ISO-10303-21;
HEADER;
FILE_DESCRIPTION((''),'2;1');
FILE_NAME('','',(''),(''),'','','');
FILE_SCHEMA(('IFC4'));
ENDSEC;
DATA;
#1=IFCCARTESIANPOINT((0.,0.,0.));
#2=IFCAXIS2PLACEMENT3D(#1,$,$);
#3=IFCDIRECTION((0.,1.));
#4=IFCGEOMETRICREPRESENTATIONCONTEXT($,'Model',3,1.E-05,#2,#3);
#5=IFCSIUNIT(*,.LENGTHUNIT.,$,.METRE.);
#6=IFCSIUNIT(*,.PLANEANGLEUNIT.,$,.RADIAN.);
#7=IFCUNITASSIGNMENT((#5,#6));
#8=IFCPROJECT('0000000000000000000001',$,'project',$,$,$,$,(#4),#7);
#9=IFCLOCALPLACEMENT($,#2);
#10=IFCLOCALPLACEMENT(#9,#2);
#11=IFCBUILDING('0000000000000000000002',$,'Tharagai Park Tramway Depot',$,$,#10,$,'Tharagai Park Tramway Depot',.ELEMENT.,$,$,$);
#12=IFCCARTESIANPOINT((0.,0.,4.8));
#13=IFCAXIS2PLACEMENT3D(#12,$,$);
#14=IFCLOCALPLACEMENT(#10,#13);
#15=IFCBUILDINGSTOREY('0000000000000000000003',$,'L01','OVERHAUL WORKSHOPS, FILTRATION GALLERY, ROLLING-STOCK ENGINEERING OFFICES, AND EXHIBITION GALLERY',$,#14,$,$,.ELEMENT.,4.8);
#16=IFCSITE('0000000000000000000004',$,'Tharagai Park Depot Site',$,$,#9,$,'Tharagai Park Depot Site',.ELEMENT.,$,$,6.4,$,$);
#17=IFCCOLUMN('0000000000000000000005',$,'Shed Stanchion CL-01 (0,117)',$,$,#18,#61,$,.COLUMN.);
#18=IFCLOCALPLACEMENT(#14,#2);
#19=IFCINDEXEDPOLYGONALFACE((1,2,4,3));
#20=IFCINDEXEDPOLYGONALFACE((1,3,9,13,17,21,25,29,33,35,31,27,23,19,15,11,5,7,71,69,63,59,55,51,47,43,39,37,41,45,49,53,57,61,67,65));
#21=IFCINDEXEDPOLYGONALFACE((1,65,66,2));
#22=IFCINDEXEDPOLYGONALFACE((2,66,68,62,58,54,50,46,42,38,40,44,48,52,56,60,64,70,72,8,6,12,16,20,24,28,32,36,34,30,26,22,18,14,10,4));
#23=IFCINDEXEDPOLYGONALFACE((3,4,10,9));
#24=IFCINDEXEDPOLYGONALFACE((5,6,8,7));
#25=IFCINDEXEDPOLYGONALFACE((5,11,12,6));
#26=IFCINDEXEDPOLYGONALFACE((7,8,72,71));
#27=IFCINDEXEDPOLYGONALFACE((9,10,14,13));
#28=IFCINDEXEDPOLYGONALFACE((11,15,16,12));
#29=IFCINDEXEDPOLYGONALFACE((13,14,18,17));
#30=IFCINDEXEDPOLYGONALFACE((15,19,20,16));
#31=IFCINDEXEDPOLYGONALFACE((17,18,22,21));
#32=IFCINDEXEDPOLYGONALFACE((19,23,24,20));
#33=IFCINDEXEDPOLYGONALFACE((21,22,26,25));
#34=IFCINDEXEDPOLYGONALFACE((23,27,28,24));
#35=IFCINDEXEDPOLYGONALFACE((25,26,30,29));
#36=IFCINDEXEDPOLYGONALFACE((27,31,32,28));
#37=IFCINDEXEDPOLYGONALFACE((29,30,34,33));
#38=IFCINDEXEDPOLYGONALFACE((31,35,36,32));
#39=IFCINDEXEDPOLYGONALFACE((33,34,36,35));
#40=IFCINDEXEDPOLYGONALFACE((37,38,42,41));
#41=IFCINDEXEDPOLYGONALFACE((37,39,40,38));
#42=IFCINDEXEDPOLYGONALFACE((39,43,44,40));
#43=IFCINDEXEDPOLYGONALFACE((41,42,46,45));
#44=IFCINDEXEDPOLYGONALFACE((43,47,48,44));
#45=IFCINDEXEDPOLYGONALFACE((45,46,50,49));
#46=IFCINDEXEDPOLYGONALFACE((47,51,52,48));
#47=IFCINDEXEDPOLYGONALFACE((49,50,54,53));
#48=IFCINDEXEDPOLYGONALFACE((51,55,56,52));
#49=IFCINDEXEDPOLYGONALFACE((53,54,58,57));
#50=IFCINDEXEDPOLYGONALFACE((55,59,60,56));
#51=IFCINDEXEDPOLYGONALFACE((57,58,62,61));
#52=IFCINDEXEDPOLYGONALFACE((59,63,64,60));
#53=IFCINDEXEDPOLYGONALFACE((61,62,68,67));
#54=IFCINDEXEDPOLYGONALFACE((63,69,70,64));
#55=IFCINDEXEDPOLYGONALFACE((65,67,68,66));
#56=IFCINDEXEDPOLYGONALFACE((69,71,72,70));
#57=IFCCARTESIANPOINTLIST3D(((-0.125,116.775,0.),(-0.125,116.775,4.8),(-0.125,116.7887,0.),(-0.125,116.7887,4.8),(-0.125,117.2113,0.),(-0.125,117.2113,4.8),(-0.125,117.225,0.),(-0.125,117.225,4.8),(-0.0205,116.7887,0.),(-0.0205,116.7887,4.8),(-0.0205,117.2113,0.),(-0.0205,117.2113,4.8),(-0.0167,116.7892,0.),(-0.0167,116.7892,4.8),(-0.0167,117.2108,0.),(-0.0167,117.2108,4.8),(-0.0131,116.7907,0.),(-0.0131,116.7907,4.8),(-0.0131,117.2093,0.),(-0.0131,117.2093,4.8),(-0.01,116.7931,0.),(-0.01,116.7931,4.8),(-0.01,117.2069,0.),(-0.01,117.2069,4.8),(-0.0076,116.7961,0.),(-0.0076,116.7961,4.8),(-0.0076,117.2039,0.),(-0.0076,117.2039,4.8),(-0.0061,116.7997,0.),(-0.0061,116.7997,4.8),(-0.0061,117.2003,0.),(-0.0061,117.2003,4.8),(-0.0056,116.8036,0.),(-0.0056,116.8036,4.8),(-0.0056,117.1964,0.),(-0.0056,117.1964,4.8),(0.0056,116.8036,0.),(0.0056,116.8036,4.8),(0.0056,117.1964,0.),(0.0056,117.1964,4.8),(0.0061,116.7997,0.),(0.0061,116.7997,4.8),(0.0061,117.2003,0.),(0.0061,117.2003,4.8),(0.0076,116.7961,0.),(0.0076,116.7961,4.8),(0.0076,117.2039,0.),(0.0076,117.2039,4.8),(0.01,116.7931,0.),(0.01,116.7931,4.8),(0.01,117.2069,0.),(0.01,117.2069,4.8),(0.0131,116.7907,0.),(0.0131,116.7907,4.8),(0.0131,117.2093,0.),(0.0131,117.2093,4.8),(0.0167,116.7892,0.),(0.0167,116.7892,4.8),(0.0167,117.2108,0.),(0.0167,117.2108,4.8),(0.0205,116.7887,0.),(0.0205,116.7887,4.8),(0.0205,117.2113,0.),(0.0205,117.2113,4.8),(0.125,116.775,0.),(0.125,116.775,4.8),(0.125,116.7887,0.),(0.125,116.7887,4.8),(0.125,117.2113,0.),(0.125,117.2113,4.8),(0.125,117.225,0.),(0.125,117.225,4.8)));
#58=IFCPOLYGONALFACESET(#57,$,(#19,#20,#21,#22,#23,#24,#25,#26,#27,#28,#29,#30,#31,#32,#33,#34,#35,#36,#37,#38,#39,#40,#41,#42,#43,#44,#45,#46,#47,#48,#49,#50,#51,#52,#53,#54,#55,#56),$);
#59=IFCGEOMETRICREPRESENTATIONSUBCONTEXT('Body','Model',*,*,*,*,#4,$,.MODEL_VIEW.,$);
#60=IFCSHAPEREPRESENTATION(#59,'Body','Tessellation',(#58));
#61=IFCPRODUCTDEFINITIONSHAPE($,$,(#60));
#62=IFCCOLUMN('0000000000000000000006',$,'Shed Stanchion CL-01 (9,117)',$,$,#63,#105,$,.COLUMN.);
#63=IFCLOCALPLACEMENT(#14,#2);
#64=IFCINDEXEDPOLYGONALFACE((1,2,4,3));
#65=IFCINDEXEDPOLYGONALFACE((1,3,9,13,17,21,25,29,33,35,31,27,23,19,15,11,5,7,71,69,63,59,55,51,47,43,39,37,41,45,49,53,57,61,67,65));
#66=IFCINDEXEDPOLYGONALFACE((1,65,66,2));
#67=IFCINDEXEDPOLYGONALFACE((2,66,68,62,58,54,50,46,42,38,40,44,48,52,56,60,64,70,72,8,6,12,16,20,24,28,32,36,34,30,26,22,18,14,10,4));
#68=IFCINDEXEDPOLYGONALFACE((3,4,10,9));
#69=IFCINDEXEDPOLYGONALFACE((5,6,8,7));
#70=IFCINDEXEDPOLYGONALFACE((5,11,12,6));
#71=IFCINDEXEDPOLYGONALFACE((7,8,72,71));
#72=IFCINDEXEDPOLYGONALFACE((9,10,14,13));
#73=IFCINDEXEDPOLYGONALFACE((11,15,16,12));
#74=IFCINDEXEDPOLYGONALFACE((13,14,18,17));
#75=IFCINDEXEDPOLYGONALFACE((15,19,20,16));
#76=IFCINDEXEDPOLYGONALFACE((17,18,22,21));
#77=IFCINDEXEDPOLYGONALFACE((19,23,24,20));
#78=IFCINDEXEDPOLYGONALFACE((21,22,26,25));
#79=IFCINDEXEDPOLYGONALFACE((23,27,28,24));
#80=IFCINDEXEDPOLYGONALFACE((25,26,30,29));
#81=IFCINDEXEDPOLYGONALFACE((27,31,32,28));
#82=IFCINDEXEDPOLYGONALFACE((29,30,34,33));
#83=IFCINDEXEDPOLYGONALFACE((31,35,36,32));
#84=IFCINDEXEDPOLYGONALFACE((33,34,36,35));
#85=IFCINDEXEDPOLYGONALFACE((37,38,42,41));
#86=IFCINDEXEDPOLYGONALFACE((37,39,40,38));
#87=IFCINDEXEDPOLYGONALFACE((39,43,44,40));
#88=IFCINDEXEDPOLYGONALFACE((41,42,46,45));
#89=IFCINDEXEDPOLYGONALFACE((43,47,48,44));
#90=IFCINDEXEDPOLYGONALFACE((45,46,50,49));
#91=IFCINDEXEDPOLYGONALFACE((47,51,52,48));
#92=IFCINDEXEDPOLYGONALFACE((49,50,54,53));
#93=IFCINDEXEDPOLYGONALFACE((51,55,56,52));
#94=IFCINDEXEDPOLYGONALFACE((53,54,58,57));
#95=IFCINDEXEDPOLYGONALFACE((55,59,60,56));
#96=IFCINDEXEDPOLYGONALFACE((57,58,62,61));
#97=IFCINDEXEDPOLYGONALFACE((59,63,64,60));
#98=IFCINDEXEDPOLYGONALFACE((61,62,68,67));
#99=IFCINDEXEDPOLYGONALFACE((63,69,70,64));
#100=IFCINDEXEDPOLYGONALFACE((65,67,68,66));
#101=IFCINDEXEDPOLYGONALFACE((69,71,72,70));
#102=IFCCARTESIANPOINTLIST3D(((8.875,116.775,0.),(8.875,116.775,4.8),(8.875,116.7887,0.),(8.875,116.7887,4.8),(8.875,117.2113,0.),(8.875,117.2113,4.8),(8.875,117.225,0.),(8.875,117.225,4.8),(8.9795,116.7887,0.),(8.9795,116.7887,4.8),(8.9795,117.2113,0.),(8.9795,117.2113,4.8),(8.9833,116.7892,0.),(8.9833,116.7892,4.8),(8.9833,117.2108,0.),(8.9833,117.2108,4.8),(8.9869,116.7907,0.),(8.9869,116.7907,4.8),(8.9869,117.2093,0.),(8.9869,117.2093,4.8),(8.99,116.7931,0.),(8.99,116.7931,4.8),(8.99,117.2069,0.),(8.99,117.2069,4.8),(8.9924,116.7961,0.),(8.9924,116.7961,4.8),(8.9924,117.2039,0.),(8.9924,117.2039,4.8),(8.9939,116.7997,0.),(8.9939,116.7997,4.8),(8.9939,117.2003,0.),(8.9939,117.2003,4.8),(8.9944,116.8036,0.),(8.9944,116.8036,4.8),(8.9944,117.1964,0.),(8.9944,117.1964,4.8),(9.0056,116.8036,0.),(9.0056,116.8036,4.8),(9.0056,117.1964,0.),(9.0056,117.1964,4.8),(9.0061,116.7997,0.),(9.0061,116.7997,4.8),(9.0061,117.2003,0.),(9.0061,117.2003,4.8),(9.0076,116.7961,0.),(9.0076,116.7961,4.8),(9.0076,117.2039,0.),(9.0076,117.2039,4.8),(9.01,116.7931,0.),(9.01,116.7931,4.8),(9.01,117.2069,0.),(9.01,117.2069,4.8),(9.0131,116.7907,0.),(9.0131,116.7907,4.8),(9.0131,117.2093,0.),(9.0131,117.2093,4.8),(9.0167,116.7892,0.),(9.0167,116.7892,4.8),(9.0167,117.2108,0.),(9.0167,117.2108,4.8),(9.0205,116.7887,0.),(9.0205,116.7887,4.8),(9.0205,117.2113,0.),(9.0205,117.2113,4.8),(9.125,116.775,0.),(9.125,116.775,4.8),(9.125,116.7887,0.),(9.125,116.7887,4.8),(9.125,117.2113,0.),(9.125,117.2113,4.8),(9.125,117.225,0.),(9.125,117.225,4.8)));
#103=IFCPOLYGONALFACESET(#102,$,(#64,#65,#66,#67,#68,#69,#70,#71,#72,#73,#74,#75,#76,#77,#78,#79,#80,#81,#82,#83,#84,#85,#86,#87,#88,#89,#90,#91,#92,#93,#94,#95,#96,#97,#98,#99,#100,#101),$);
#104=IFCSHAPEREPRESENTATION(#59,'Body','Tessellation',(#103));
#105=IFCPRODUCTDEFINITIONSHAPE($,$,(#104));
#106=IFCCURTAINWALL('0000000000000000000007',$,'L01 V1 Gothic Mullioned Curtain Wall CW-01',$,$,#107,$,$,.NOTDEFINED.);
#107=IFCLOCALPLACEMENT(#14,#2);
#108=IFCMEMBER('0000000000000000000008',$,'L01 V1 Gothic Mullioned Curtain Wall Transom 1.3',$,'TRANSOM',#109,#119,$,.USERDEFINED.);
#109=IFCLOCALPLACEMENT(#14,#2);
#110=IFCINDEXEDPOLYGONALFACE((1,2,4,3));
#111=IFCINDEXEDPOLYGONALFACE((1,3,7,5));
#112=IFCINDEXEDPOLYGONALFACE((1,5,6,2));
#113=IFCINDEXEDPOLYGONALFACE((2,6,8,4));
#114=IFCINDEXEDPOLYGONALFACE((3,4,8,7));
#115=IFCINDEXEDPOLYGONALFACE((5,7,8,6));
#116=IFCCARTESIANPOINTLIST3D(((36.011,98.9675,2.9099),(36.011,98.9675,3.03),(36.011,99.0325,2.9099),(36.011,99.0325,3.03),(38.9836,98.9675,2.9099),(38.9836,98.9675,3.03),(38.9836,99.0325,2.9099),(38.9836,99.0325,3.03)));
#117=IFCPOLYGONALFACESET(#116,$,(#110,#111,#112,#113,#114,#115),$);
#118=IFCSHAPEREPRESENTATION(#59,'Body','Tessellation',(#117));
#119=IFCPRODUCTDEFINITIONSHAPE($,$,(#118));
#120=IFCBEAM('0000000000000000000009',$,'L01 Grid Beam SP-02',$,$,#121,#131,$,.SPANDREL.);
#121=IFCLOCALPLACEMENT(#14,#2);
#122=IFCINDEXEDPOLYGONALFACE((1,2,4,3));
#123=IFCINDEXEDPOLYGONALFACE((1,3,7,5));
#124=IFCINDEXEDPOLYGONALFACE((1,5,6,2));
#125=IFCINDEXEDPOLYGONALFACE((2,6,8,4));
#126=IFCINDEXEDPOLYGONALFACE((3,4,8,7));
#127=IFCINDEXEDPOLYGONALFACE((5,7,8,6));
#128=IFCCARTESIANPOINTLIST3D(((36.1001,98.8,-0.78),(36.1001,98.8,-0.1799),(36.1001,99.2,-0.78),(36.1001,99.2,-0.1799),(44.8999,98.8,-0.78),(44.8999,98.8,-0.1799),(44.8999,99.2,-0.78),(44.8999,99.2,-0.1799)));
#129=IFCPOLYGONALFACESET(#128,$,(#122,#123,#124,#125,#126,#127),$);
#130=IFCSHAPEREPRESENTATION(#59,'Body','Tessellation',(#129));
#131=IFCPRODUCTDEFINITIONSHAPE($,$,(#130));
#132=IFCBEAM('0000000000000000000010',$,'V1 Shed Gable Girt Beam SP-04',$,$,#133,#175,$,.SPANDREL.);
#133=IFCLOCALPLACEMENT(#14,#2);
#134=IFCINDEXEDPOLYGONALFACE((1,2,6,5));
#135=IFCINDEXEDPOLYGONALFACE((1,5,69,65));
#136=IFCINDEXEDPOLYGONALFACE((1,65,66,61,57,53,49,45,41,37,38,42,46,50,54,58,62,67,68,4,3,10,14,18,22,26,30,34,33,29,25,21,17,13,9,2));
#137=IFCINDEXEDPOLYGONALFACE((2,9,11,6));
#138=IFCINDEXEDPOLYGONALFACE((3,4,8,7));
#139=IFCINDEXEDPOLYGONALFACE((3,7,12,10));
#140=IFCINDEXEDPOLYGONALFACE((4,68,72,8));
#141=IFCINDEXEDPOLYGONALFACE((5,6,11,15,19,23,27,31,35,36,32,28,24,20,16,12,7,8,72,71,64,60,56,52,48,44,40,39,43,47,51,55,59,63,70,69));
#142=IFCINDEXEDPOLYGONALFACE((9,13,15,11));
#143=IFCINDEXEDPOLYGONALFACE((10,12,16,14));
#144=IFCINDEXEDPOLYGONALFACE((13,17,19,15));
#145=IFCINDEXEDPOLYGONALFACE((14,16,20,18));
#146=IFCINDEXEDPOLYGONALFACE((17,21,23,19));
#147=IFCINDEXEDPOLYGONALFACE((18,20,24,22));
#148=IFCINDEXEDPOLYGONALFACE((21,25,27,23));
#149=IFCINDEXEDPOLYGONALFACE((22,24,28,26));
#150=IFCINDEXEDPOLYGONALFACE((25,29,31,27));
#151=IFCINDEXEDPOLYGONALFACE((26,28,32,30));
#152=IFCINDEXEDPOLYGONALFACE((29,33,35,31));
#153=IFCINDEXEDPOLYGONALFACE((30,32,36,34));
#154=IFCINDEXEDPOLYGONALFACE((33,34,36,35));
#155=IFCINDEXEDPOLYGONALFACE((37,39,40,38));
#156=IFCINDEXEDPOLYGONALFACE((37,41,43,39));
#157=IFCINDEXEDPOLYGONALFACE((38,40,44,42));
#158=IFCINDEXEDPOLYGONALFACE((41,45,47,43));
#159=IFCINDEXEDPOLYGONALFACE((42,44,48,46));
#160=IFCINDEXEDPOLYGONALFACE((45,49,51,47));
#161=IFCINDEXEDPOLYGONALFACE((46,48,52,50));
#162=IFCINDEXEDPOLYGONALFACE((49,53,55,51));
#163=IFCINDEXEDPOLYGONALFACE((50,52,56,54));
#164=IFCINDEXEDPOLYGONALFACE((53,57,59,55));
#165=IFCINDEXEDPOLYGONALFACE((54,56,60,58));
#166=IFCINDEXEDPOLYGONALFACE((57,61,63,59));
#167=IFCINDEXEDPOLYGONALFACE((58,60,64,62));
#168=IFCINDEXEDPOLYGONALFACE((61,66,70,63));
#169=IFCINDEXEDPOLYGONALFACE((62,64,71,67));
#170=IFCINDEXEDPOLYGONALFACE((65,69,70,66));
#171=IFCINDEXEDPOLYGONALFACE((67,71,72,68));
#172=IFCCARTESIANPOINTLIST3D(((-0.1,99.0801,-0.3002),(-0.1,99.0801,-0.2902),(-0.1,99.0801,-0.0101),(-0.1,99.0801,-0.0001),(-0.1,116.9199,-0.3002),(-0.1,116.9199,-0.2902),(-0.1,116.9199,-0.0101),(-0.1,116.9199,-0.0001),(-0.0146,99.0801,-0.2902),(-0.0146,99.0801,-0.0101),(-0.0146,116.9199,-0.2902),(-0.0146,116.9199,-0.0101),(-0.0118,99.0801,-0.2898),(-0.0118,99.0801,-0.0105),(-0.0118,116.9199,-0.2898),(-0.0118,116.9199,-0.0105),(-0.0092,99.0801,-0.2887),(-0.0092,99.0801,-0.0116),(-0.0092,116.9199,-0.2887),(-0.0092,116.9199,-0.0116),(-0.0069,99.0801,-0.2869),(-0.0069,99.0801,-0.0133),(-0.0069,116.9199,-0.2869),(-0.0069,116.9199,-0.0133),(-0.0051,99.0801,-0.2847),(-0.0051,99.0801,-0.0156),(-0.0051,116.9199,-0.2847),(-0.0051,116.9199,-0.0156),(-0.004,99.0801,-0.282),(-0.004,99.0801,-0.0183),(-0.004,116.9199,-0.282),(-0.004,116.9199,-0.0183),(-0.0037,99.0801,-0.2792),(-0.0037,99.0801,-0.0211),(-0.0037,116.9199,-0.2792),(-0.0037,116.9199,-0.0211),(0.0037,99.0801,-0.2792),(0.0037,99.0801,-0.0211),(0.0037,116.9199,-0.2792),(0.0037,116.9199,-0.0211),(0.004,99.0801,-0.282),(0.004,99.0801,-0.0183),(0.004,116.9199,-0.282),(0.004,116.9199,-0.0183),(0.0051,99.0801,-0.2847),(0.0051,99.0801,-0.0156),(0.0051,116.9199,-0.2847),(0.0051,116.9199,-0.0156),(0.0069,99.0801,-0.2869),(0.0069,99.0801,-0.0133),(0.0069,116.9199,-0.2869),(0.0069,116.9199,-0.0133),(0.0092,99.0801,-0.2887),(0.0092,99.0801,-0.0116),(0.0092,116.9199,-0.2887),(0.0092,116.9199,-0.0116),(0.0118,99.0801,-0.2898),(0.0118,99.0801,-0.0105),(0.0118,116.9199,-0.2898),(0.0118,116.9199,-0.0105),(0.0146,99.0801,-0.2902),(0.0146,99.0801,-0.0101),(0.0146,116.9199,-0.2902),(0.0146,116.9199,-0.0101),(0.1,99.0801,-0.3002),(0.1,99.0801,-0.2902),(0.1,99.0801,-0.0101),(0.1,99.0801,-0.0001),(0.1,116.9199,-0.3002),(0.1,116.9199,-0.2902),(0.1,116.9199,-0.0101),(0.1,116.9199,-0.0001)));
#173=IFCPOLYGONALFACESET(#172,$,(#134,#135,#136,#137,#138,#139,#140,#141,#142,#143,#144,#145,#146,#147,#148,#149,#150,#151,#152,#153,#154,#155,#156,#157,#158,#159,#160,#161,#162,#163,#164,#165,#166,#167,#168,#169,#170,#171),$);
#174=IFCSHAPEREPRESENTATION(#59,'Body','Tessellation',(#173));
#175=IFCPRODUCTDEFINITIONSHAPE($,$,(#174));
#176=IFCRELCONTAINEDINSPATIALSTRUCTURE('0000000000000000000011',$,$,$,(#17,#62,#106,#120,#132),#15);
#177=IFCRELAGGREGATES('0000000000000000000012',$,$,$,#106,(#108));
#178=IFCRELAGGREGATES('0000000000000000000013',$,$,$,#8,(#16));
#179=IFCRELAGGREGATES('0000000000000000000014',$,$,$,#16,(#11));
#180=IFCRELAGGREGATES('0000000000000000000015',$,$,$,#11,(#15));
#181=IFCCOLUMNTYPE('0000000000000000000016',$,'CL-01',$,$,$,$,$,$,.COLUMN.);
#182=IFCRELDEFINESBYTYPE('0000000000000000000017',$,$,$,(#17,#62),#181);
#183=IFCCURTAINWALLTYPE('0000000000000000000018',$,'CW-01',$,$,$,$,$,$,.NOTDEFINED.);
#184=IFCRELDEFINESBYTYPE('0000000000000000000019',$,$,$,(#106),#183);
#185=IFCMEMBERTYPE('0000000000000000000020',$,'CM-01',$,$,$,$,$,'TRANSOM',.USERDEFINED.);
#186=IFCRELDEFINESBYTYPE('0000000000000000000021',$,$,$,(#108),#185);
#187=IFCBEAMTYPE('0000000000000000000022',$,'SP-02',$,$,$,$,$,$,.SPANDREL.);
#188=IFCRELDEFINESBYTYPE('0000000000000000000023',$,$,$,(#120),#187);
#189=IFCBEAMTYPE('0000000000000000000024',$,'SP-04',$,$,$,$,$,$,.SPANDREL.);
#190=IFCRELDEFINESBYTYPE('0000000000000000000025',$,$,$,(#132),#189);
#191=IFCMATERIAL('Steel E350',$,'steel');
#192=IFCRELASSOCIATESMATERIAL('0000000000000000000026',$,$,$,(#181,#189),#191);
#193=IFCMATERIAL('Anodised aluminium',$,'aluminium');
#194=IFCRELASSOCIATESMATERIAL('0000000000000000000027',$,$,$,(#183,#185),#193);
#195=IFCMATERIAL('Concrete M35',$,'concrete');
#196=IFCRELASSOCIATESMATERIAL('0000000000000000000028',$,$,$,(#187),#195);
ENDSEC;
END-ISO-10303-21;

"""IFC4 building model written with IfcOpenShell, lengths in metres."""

from ifc_helpers import new_model, si_unit, direction, frame, origin, origin_2d, place, context, subcontext, project, spatial, rectangle, i_section, extrude, material, material_profile, profile_set, type_object, element, aggregate, save


model = new_model("IFC4")

# Units and contexts
model_context = context("Model", 3, precision=1e-05, world=origin(), true_north=direction((0.0, 1.0)))
body_context = subcontext(model_context, "Body", "Model", "MODEL_VIEW")
ifc_project = project(units=[si_unit("LENGTHUNIT", "METRE"), si_unit("PLANEANGLEUNIT", "RADIAN")], contexts=[model_context])

# Site, building, storey
site_placement = place(None, origin())
site = spatial("IfcSite", under=ifc_project, at=site_placement, Name="Tharagai Park Depot Site", LongName="Tharagai Park Depot Site", CompositionType="ELEMENT", RefElevation=6.4)
building_placement = place(site_placement, origin())
building = spatial("IfcBuilding", under=site, at=building_placement, Name="Tharagai Park Tramway Depot", LongName="Tharagai Park Tramway Depot", CompositionType="ELEMENT")
storey_placement = place(building_placement, frame((0.0, 0.0, 4.8)))
storey = spatial("IfcBuildingStorey", under=building, at=storey_placement, Name="L01", Description="OVERHAUL WORKSHOPS, FILTRATION GALLERY, ROLLING-STOCK ENGINEERING OFFICES, AND EXHIBITION GALLERY", CompositionType="ELEMENT", Elevation=4.8)

# Columns
ifc_material_1 = material(Name="Steel E350", Category="steel")
ifc_material_profile_1 = material_profile(ifc_material_1, i_section(OverallWidth=0.25, OverallDepth=0.45, WebThickness=0.0112, FlangeThickness=0.0137, FilletRadius=0.0149, at=origin_2d()), Name="ISHB 450")
ifc_profile_set_1 = profile_set([ifc_material_profile_1], Name="Steel E350")
column_type = type_object("IfcColumnType", Name="CL-01", PredefinedType="COLUMN", material=ifc_profile_set_1)
for number, where, z_axis, x_axis, name in (
    (1, (0.0, 117.0, 0.0), (0.0, 0.0, 1.0), (1.0, 0.0, 0.0), "Shed Stanchion CL-01 (0,117)"),
    (2, (9.0, 117.0, 0.0), (0.0, 0.0, 1.0), (1.0, 0.0, 0.0), "Shed Stanchion CL-01 (9,117)"),
):
    element("IfcColumn", number, at=place(storey_placement, frame(where, z_axis=z_axis, x_axis=x_axis)), inside=storey, type_object=column_type, Name=name, PredefinedType="COLUMN", context=body_context, shape_type="SweptSolid", body=[
        extrude(i_section(OverallWidth=0.25, OverallDepth=0.45, WebThickness=0.0112, FlangeThickness=0.0137, FilletRadius=0.0149, at=origin_2d()), origin(), (0.0, 0.0, 1.0), 4.8),
    ])

# Curtain wall, member
ifc_material_2 = material(Name="Anodised aluminium", Category="aluminium")
curtain_wall_type = type_object("IfcCurtainWallType", Name="CW-01", PredefinedType="NOTDEFINED", material=ifc_material_2)
curtain_wall_placement = place(storey_placement, origin())
curtain_wall = element("IfcCurtainWall", 3, at=curtain_wall_placement, inside=storey, type_object=curtain_wall_type, Name="L01 V1 Gothic Mullioned Curtain Wall CW-01", PredefinedType="NOTDEFINED")
ifc_material_profile_2 = material_profile(ifc_material_2, rectangle(XDim=0.0649, YDim=0.1201, at=origin_2d()), Name="ALU 65x120")
ifc_profile_set_2 = profile_set([ifc_material_profile_2], Name="Anodised aluminium")
member_type = type_object("IfcMemberType", Name="CM-01", ElementType="TRANSOM", PredefinedType="USERDEFINED", material=ifc_profile_set_2)
member_placement = place(storey_placement, frame((36.011, 99.0, 2.97), z_axis=(1.0, 0.0, 0.0), x_axis=(0.0, 1.0, 0.0)))
member = element("IfcMember", 4, at=member_placement, type_object=member_type, Name="L01 V1 Gothic Mullioned Curtain Wall Transom 1.3", ObjectType="TRANSOM", PredefinedType="USERDEFINED", context=body_context, shape_type="SweptSolid", body=[
    extrude(rectangle(XDim=0.0649, YDim=0.1201, at=origin_2d()), origin(), (0.0, 0.0, 1.0), 2.9727),
])
aggregate(curtain_wall, [member])

# Beams
ifc_material_3 = material(Name="Concrete M35", Category="concrete")
ifc_material_profile_3 = material_profile(ifc_material_3, rectangle(XDim=0.3999, YDim=0.6001, at=origin_2d()), Name="RC 400x600")
ifc_profile_set_3 = profile_set([ifc_material_profile_3], Name="Concrete M35")
beam_type_1 = type_object("IfcBeamType", Name="SP-02", PredefinedType="SPANDREL", material=ifc_profile_set_3)
beam_1_placement = place(storey_placement, frame((36.1001, 99.0, -0.48), z_axis=(1.0, 0.0, 0.0), x_axis=(0.0, 1.0, 0.0)))
element("IfcBeam", 5, at=beam_1_placement, inside=storey, type_object=beam_type_1, Name="L01 Grid Beam SP-02", PredefinedType="SPANDREL", context=body_context, shape_type="SweptSolid", body=[
    extrude(rectangle(XDim=0.3999, YDim=0.6001, at=origin_2d()), origin(), (0.0, 0.0, 1.0), 8.7998),
])
ifc_material_profile_4 = material_profile(ifc_material_1, i_section(OverallWidth=0.2, OverallDepth=0.3, WebThickness=0.0073, FlangeThickness=0.01, FilletRadius=0.011, at=origin_2d()), Name="ISWB 300")
ifc_profile_set_4 = profile_set([ifc_material_profile_4], Name="Steel E350")
beam_type_2 = type_object("IfcBeamType", Name="SP-04", PredefinedType="SPANDREL", material=ifc_profile_set_4)
beam_2_placement = place(storey_placement, frame((0.0, 99.0801, -0.1501), z_axis=(0.0, 1.0, 0.0), x_axis=(-1.0, 0.0, 0.0)))
element("IfcBeam", 6, at=beam_2_placement, inside=storey, type_object=beam_type_2, Name="V1 Shed Gable Girt Beam SP-04", PredefinedType="SPANDREL", context=body_context, shape_type="SweptSolid", body=[
    extrude(i_section(OverallWidth=0.2, OverallDepth=0.3, WebThickness=0.0073, FlangeThickness=0.01, FilletRadius=0.011, at=origin_2d()), origin(), (0.0, 0.0, 1.0), 17.8398),
])

save(model, "model.ifc")
